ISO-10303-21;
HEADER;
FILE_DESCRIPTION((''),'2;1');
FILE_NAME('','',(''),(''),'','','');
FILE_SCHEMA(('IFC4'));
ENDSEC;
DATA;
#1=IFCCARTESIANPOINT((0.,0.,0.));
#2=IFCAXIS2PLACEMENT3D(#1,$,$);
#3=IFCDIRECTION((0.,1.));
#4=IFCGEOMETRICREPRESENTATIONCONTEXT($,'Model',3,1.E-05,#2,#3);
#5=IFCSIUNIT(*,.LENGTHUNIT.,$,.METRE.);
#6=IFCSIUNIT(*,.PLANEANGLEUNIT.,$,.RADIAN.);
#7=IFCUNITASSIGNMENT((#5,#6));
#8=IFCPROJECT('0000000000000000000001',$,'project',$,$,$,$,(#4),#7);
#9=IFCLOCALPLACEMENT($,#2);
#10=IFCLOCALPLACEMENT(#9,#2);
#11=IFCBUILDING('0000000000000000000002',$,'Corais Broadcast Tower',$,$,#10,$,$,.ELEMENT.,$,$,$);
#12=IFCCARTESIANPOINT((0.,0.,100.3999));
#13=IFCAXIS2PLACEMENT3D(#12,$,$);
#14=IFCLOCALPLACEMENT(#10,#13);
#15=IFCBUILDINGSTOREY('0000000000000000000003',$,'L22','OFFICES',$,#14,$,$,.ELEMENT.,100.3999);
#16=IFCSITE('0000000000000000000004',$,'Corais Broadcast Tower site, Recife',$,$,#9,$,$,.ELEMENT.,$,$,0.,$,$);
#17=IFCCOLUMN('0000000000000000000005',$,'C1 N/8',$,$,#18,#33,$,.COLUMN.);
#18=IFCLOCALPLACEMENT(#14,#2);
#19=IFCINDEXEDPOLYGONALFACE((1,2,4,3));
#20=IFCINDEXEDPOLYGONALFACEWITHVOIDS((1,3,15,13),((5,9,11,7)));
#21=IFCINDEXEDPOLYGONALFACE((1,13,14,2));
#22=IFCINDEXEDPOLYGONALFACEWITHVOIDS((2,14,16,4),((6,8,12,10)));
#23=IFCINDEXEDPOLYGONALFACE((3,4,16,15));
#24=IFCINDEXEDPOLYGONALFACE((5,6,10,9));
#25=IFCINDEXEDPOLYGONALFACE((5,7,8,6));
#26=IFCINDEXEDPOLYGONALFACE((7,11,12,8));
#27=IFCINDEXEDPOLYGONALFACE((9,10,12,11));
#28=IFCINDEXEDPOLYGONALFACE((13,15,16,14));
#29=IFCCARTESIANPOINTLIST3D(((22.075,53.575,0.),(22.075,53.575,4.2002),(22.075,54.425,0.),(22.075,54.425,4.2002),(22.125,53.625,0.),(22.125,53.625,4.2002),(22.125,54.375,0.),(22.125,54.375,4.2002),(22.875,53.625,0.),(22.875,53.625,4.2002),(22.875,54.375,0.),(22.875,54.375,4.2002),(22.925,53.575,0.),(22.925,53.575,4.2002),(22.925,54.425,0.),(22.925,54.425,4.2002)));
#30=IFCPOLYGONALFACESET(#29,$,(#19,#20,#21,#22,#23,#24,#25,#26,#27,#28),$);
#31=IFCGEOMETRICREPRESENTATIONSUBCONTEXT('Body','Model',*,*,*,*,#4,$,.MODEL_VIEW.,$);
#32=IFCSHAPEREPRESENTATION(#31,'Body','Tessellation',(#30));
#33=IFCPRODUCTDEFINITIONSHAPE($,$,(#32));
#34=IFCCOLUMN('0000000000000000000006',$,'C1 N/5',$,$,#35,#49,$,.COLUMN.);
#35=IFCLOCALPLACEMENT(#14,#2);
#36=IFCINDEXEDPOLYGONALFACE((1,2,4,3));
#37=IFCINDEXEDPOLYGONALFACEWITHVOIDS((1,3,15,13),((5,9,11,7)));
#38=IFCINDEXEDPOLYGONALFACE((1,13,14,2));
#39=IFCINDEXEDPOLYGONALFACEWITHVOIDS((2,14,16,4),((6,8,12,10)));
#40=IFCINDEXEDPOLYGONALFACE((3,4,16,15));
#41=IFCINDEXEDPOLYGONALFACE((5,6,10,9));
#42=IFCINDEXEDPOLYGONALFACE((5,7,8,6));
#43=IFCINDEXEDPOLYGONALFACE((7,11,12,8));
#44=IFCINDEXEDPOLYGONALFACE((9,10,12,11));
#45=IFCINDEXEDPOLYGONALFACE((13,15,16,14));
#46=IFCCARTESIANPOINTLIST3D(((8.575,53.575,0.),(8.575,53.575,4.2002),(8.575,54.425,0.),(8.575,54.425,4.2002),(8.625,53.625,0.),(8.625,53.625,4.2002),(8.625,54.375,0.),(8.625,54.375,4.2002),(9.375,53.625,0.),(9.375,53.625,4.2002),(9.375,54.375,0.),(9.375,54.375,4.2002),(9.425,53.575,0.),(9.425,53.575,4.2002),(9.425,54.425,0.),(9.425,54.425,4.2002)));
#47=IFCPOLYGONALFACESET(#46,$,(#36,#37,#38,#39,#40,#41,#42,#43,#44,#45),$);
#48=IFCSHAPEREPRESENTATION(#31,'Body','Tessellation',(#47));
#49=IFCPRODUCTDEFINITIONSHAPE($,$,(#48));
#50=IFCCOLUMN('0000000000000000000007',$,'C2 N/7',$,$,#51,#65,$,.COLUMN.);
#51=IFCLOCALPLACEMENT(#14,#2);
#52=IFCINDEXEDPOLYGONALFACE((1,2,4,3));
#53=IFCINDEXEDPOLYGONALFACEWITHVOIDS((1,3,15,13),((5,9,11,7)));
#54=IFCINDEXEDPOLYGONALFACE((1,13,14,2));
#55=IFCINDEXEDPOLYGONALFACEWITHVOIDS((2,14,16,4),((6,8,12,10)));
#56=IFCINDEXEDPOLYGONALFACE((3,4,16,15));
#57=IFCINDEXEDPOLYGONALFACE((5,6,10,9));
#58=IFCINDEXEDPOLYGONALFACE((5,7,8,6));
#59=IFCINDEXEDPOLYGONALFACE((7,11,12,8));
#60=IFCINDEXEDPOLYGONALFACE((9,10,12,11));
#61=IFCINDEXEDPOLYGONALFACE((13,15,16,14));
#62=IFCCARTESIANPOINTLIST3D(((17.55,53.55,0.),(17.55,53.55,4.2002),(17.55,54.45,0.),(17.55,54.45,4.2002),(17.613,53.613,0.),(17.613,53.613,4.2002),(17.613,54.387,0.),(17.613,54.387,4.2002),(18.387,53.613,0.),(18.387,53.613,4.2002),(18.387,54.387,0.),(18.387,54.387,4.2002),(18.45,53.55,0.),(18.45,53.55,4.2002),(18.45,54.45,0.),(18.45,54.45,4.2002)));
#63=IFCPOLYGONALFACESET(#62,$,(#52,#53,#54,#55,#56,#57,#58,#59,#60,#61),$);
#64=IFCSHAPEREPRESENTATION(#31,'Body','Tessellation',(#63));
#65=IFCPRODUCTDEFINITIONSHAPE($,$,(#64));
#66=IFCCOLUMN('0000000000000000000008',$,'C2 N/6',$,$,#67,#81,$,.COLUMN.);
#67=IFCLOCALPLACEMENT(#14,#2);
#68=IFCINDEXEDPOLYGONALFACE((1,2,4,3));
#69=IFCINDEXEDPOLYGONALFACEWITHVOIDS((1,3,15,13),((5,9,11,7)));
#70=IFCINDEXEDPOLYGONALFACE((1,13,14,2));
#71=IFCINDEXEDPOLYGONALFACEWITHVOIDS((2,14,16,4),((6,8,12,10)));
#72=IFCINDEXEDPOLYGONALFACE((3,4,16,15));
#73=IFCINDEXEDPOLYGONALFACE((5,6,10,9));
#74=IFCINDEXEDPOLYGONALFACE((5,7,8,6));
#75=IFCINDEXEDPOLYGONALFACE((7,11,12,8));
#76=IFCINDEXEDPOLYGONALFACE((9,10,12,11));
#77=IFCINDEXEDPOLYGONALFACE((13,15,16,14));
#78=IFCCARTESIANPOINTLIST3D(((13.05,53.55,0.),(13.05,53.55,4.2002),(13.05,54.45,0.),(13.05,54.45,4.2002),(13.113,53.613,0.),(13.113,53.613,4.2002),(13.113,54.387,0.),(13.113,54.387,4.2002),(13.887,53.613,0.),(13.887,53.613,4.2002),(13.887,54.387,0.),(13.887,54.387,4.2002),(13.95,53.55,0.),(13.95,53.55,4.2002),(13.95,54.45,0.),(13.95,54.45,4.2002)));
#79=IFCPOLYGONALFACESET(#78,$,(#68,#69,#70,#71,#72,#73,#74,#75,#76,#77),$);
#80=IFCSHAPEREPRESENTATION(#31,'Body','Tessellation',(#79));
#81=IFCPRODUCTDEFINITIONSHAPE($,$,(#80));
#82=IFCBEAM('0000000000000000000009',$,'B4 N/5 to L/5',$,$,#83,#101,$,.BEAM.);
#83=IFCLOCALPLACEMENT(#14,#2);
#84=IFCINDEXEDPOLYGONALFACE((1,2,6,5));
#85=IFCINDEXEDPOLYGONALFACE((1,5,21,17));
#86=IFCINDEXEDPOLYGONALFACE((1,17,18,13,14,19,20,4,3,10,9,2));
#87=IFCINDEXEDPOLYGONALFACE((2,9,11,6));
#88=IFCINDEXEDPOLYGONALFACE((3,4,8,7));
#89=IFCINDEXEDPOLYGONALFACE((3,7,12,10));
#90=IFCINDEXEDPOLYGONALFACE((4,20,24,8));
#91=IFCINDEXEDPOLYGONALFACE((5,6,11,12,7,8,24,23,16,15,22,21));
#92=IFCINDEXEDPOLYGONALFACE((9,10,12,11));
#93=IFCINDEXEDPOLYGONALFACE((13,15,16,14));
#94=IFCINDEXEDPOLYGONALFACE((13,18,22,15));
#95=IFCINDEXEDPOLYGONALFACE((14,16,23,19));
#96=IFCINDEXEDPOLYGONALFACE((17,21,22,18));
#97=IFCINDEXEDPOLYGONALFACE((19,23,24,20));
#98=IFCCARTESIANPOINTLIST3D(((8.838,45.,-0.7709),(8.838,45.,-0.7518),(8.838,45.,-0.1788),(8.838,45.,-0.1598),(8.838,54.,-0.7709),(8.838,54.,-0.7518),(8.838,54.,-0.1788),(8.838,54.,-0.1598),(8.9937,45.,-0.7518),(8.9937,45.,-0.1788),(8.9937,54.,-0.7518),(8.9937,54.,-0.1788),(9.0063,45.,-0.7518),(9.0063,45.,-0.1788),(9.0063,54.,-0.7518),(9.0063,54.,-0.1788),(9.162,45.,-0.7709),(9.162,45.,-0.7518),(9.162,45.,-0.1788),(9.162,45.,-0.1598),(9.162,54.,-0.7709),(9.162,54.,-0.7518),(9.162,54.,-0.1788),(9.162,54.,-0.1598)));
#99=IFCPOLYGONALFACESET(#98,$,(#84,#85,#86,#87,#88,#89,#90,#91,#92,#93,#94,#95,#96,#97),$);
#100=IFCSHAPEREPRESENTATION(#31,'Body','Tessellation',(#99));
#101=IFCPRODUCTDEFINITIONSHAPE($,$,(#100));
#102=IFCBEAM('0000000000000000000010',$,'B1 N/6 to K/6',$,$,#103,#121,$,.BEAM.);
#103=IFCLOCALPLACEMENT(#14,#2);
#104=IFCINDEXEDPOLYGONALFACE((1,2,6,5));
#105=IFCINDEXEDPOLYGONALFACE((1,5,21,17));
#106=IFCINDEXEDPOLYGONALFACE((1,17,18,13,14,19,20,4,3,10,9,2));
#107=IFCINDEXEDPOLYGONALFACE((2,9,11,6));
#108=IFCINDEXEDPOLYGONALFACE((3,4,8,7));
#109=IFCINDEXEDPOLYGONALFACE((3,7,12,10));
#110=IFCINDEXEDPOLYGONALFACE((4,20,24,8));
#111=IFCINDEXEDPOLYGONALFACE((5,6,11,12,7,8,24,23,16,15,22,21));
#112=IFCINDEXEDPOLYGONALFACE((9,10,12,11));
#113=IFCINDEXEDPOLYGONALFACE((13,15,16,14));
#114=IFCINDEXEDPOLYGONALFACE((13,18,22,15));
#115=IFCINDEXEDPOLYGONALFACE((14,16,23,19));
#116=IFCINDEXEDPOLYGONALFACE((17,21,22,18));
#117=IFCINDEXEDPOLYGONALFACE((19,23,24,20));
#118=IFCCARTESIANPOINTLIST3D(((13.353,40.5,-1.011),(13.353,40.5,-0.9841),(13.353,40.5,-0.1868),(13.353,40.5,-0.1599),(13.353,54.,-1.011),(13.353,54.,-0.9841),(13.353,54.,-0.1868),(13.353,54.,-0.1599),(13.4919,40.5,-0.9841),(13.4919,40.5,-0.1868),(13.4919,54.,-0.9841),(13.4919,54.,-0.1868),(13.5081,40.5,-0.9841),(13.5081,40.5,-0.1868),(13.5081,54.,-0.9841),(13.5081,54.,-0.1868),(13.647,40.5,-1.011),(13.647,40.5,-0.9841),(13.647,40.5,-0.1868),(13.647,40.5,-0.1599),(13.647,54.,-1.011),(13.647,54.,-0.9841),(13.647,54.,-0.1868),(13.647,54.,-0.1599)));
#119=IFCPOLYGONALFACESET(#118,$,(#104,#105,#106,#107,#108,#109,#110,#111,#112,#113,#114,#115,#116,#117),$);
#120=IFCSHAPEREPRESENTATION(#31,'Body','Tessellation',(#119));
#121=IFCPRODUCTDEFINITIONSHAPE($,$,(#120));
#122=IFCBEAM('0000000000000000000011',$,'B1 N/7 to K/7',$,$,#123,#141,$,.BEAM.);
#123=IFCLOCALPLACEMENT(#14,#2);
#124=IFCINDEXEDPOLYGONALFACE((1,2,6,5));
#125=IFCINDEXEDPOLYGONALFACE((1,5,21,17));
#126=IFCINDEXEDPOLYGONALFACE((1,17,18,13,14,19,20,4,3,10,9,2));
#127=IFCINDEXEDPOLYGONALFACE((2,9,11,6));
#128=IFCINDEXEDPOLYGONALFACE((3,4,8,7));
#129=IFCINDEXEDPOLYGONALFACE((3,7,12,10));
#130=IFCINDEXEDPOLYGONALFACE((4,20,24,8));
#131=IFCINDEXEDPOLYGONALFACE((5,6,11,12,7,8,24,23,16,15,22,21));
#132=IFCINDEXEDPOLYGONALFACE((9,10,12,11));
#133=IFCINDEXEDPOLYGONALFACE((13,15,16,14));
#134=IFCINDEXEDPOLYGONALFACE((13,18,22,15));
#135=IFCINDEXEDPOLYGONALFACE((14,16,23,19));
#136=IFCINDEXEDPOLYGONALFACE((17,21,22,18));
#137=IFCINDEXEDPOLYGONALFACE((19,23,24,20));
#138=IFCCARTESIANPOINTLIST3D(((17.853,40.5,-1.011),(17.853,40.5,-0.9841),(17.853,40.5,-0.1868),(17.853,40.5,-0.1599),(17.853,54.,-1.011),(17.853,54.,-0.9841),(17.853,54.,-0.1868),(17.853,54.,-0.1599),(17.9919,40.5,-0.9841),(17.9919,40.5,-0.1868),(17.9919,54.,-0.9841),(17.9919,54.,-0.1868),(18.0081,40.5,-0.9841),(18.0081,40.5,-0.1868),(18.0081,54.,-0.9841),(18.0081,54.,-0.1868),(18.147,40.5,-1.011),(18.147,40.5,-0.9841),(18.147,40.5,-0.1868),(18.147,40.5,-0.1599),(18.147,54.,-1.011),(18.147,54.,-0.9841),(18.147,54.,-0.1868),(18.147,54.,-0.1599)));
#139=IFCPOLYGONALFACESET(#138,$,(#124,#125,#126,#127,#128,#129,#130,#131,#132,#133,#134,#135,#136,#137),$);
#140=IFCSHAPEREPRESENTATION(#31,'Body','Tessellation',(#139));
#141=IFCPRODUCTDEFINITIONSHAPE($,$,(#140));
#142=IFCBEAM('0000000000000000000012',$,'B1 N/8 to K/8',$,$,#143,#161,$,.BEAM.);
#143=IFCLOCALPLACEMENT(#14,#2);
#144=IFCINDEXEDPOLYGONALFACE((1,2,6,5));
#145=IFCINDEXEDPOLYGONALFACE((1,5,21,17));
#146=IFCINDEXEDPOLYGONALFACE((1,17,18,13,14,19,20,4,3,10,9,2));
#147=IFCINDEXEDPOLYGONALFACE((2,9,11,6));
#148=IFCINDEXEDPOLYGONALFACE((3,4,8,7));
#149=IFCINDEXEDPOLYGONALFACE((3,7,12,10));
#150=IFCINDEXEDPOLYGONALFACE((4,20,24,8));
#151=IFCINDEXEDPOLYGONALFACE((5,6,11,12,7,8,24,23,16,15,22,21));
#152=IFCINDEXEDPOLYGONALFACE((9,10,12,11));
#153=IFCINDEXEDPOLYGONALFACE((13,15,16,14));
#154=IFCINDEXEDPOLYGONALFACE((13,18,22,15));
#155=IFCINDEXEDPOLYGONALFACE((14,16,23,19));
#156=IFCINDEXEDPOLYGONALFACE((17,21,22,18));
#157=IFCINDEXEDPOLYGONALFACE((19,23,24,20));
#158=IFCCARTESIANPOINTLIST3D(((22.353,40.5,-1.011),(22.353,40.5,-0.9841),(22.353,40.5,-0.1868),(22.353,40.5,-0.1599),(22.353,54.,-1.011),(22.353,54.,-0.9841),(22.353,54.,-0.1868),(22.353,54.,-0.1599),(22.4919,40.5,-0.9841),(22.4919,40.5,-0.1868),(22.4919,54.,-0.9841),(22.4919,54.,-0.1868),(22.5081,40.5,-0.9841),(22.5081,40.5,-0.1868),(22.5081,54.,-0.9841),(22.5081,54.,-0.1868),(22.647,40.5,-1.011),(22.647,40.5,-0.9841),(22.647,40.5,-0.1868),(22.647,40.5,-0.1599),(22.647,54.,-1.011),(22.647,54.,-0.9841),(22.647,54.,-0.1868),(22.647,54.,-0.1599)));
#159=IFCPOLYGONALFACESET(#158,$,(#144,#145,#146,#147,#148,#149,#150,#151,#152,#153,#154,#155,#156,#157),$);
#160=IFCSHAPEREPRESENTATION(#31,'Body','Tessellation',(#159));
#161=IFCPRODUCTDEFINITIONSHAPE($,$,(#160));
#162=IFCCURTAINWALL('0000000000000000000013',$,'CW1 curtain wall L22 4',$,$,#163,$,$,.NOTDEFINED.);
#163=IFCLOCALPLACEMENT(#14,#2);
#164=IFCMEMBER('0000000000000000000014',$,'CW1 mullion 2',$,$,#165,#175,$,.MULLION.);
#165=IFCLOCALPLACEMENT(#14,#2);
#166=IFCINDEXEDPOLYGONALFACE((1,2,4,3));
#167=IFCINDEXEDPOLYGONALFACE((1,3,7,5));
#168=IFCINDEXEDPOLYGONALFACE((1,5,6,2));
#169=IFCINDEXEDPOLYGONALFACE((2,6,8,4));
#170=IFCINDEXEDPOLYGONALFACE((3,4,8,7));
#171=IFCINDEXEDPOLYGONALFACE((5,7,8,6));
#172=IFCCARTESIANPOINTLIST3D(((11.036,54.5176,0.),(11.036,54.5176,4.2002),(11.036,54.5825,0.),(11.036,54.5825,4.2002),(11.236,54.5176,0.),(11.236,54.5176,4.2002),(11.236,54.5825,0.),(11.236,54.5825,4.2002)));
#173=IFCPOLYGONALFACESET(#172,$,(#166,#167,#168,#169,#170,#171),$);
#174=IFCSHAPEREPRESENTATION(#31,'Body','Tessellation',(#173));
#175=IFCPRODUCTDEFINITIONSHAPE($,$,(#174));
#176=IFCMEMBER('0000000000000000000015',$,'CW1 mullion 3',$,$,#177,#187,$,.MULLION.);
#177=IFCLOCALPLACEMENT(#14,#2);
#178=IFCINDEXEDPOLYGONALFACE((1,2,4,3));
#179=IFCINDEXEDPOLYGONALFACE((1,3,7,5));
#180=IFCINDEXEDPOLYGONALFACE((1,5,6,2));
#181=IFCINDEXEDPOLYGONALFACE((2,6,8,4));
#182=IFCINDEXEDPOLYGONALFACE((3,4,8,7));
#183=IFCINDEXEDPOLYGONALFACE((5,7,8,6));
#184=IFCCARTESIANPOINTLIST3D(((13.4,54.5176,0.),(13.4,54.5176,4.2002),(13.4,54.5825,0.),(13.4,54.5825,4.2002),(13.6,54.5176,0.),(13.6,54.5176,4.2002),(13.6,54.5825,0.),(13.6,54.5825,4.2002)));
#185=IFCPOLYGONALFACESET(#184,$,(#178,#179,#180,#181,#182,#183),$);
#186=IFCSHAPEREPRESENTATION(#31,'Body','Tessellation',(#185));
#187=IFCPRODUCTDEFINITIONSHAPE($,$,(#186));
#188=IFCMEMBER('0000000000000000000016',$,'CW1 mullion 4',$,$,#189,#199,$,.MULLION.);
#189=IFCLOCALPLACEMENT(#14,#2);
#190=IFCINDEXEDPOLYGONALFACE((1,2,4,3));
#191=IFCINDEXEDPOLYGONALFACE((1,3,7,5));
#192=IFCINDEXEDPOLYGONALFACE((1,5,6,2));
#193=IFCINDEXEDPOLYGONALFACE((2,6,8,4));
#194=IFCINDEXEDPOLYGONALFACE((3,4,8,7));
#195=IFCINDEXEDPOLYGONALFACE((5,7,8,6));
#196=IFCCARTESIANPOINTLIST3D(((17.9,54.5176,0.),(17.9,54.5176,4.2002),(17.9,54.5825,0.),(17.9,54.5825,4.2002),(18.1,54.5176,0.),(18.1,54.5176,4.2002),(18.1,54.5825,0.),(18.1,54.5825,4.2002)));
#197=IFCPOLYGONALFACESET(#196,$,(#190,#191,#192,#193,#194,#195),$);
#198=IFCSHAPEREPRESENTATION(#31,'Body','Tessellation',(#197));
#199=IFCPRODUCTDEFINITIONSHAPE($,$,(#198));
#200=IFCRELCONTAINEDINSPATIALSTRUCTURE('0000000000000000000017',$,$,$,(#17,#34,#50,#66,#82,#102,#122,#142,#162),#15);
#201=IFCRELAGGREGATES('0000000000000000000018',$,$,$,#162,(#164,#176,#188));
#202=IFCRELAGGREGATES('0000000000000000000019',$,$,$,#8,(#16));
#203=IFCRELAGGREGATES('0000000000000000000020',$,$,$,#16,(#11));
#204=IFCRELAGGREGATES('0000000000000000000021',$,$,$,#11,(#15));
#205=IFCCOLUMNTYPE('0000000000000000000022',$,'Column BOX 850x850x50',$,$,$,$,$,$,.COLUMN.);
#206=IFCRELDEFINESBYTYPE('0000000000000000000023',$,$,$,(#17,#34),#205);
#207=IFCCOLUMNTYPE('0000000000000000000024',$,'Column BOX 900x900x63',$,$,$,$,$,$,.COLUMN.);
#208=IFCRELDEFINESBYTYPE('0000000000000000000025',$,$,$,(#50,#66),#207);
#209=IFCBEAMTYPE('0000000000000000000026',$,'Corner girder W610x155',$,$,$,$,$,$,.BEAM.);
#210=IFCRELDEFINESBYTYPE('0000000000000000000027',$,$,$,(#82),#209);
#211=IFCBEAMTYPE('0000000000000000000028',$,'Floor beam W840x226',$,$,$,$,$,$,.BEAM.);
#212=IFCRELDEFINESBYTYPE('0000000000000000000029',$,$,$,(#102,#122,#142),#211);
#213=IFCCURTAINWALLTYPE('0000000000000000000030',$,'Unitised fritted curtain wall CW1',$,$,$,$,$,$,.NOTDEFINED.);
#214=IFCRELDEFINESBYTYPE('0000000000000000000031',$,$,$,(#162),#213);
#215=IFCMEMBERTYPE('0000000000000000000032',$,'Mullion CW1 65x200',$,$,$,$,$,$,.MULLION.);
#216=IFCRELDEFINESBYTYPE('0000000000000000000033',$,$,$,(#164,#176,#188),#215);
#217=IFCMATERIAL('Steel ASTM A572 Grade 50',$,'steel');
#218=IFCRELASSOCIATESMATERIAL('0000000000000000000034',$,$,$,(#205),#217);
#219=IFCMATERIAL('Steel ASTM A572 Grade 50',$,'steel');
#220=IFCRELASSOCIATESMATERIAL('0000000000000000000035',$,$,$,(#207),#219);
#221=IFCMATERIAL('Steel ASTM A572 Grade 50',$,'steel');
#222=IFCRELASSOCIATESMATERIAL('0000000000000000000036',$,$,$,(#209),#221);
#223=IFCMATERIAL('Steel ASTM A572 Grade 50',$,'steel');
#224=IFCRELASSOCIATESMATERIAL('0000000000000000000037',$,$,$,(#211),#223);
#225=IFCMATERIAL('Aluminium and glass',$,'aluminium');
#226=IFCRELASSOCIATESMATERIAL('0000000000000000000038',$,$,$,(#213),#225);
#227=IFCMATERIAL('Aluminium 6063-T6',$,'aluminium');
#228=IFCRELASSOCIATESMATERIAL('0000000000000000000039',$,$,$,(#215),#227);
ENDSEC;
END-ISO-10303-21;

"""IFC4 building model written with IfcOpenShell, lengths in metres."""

from ifc_helpers import new_model, si_unit, direction, frame, origin, origin_2d, place, context, subcontext, project, spatial, rectangle, hollow_rectangle, i_section, extrude, material, material_profile, profile_set, type_object, element, aggregate, save


model = new_model("IFC4")

# Units and contexts
model_context = context("Model", 3, precision=1e-05, world=origin(), true_north=direction((0.0, 1.0)))
body_context = subcontext(model_context, "Body", "Model", "MODEL_VIEW")
ifc_project = project(units=[si_unit("LENGTHUNIT", "METRE"), si_unit("PLANEANGLEUNIT", "RADIAN")], contexts=[model_context])

# Site, building, storey
site_placement = place(None, origin())
site = spatial("IfcSite", under=ifc_project, at=site_placement, Name="Corais Broadcast Tower site, Recife", CompositionType="ELEMENT", RefElevation=0.0)
building_placement = place(site_placement, origin())
building = spatial("IfcBuilding", under=site, at=building_placement, Name="Corais Broadcast Tower", CompositionType="ELEMENT")
storey_placement = place(building_placement, frame((0.0, 0.0, 100.3999)))
storey = spatial("IfcBuildingStorey", under=building, at=storey_placement, Name="L22", Description="OFFICES", CompositionType="ELEMENT", Elevation=100.3999)

# Columns
ifc_material_1 = material(Name="Steel ASTM A572 Grade 50", Category="steel")
ifc_material_profile_1 = material_profile(ifc_material_1, hollow_rectangle(XDim=0.8501, YDim=0.8501, WallThickness=0.05, at=origin_2d()), Name="BOX 850x850x50")
ifc_profile_set_1 = profile_set([ifc_material_profile_1], Name="Steel ASTM A572 Grade 50")
column_type_1 = type_object("IfcColumnType", Name="Column BOX 850x850x50", PredefinedType="COLUMN", material=ifc_profile_set_1)
for number, where, z_axis, x_axis, name in (
    (1, (22.5, 54.0, 0.0), (0.0, 0.0, 1.0), (1.0, 0.0, 0.0), "C1 N/8"),
    (2, (9.0, 54.0, 0.0), (0.0, 0.0, 1.0), (1.0, 0.0, 0.0), "C1 N/5"),
):
    element("IfcColumn", number, at=place(storey_placement, frame(where, z_axis=z_axis, x_axis=x_axis)), inside=storey, type_object=column_type_1, Name=name, PredefinedType="COLUMN", context=body_context, shape_type="SweptSolid", body=[
        extrude(hollow_rectangle(XDim=0.8501, YDim=0.8501, WallThickness=0.05, at=origin_2d()), origin(), (0.0, 0.0, 1.0), 4.2002),
    ])
ifc_material_2 = material(Name="Steel ASTM A572 Grade 50", Category="steel")
ifc_material_profile_2 = material_profile(ifc_material_2, hollow_rectangle(XDim=0.8999, YDim=0.8999, WallThickness=0.063, at=origin_2d()), Name="BOX 900x900x63")
ifc_profile_set_2 = profile_set([ifc_material_profile_2], Name="Steel ASTM A572 Grade 50")
column_type_2 = type_object("IfcColumnType", Name="Column BOX 900x900x63", PredefinedType="COLUMN", material=ifc_profile_set_2)
for number, where, z_axis, x_axis, name in (
    (3, (18.0, 54.0, 0.0), (0.0, 0.0, 1.0), (1.0, 0.0, 0.0), "C2 N/7"),
    (4, (13.5, 54.0, 0.0), (0.0, 0.0, 1.0), (1.0, 0.0, 0.0), "C2 N/6"),
):
    element("IfcColumn", number, at=place(storey_placement, frame(where, z_axis=z_axis, x_axis=x_axis)), inside=storey, type_object=column_type_2, Name=name, PredefinedType="COLUMN", context=body_context, shape_type="SweptSolid", body=[
        extrude(hollow_rectangle(XDim=0.8999, YDim=0.8999, WallThickness=0.063, at=origin_2d()), origin(), (0.0, 0.0, 1.0), 4.2002),
    ])

# Beams
ifc_material_3 = material(Name="Steel ASTM A572 Grade 50", Category="steel")
ifc_material_profile_3 = material_profile(ifc_material_3, i_section(OverallWidth=0.324, OverallDepth=0.6111, WebThickness=0.0127, FlangeThickness=0.019, at=origin_2d()), Name="W610x155")
ifc_profile_set_3 = profile_set([ifc_material_profile_3], Name="Steel ASTM A572 Grade 50")
beam_type_1 = type_object("IfcBeamType", Name="Corner girder W610x155", PredefinedType="BEAM", material=ifc_profile_set_3)
beam_1_placement = place(storey_placement, frame((9.0, 54.0, -0.4653), z_axis=(0.0, -1.0, 0.0), x_axis=(1.0, 0.0, 0.0)))
element("IfcBeam", 5, at=beam_1_placement, inside=storey, type_object=beam_type_1, Name="B4 N/5 to L/5", PredefinedType="BEAM", context=body_context, shape_type="SweptSolid", body=[
    extrude(i_section(OverallWidth=0.324, OverallDepth=0.6111, WebThickness=0.0127, FlangeThickness=0.019, at=origin_2d()), origin(), (0.0, 0.0, 1.0), 9.0),
])
ifc_material_4 = material(Name="Steel ASTM A572 Grade 50", Category="steel")
ifc_material_profile_4 = material_profile(ifc_material_4, i_section(OverallWidth=0.2939, OverallDepth=0.8511, WebThickness=0.0161, FlangeThickness=0.0269, at=origin_2d()), Name="W840x226")
ifc_profile_set_4 = profile_set([ifc_material_profile_4], Name="Steel ASTM A572 Grade 50")
beam_type_2 = type_object("IfcBeamType", Name="Floor beam W840x226", PredefinedType="BEAM", material=ifc_profile_set_4)
for number, where, z_axis, x_axis, name in (
    (6, (13.5, 54.0, -0.5854), (0.0, -1.0, 0.0), (1.0, 0.0, 0.0), "B1 N/6 to K/6"),
    (7, (18.0, 54.0, -0.5854), (0.0, -1.0, 0.0), (1.0, 0.0, 0.0), "B1 N/7 to K/7"),
    (8, (22.5, 54.0, -0.5854), (0.0, -1.0, 0.0), (1.0, 0.0, 0.0), "B1 N/8 to K/8"),
):
    element("IfcBeam", number, at=place(storey_placement, frame(where, z_axis=z_axis, x_axis=x_axis)), inside=storey, type_object=beam_type_2, Name=name, PredefinedType="BEAM", context=body_context, shape_type="SweptSolid", body=[
        extrude(i_section(OverallWidth=0.2939, OverallDepth=0.8511, WebThickness=0.0161, FlangeThickness=0.0269, at=origin_2d()), origin(), (0.0, 0.0, 1.0), 13.5),
    ])

# Curtain wall, members
ifc_material_5 = material(Name="Aluminium and glass", Category="aluminium")
curtain_wall_type = type_object("IfcCurtainWallType", Name="Unitised fritted curtain wall CW1", PredefinedType="NOTDEFINED", material=ifc_material_5)
curtain_wall_placement = place(storey_placement, origin())
curtain_wall = element("IfcCurtainWall", 9, at=curtain_wall_placement, inside=storey, type_object=curtain_wall_type, Name="CW1 curtain wall L22 4", PredefinedType="NOTDEFINED")
ifc_material_6 = material(Name="Aluminium 6063-T6", Category="aluminium")
ifc_material_profile_5 = material_profile(ifc_material_6, rectangle(XDim=0.0649, YDim=0.2, at=origin_2d()), Name="Mullion CW1 65x200")
ifc_profile_set_5 = profile_set([ifc_material_profile_5], Name="Aluminium 6063-T6")
member_type_1 = type_object("IfcMemberType", Name="Mullion CW1 65x200", PredefinedType="MULLION", material=ifc_profile_set_5)
member_1_placement = place(storey_placement, frame((11.136, 54.55, 0.0), z_axis=(0.0, 0.0, 1.0), x_axis=(0.0, 1.0, 0.0)))
member_1 = element("IfcMember", 10, at=member_1_placement, type_object=member_type_1, Name="CW1 mullion 2", PredefinedType="MULLION", context=body_context, shape_type="SweptSolid", body=[
    extrude(rectangle(XDim=0.0649, YDim=0.2, at=origin_2d()), origin(), (0.0, 0.0, 1.0), 4.2002),
])
member_2_placement = place(storey_placement, frame((13.5, 54.55, 0.0), z_axis=(0.0, 0.0, 1.0), x_axis=(0.0, 1.0, 0.0)))
member_2 = element("IfcMember", 11, at=member_2_placement, type_object=member_type_1, Name="CW1 mullion 3", PredefinedType="MULLION", context=body_context, shape_type="SweptSolid", body=[
    extrude(rectangle(XDim=0.0649, YDim=0.2, at=origin_2d()), origin(), (0.0, 0.0, 1.0), 4.2002),
])
member_3_placement = place(storey_placement, frame((18.0, 54.55, 0.0), z_axis=(0.0, 0.0, 1.0), x_axis=(0.0, 1.0, 0.0)))
member_3 = element("IfcMember", 12, at=member_3_placement, type_object=member_type_1, Name="CW1 mullion 4", PredefinedType="MULLION", context=body_context, shape_type="SweptSolid", body=[
    extrude(rectangle(XDim=0.0649, YDim=0.2, at=origin_2d()), origin(), (0.0, 0.0, 1.0), 4.2002),
])

aggregate(curtain_wall, [member_1, member_2, member_3])

save(model, "model.ifc")
